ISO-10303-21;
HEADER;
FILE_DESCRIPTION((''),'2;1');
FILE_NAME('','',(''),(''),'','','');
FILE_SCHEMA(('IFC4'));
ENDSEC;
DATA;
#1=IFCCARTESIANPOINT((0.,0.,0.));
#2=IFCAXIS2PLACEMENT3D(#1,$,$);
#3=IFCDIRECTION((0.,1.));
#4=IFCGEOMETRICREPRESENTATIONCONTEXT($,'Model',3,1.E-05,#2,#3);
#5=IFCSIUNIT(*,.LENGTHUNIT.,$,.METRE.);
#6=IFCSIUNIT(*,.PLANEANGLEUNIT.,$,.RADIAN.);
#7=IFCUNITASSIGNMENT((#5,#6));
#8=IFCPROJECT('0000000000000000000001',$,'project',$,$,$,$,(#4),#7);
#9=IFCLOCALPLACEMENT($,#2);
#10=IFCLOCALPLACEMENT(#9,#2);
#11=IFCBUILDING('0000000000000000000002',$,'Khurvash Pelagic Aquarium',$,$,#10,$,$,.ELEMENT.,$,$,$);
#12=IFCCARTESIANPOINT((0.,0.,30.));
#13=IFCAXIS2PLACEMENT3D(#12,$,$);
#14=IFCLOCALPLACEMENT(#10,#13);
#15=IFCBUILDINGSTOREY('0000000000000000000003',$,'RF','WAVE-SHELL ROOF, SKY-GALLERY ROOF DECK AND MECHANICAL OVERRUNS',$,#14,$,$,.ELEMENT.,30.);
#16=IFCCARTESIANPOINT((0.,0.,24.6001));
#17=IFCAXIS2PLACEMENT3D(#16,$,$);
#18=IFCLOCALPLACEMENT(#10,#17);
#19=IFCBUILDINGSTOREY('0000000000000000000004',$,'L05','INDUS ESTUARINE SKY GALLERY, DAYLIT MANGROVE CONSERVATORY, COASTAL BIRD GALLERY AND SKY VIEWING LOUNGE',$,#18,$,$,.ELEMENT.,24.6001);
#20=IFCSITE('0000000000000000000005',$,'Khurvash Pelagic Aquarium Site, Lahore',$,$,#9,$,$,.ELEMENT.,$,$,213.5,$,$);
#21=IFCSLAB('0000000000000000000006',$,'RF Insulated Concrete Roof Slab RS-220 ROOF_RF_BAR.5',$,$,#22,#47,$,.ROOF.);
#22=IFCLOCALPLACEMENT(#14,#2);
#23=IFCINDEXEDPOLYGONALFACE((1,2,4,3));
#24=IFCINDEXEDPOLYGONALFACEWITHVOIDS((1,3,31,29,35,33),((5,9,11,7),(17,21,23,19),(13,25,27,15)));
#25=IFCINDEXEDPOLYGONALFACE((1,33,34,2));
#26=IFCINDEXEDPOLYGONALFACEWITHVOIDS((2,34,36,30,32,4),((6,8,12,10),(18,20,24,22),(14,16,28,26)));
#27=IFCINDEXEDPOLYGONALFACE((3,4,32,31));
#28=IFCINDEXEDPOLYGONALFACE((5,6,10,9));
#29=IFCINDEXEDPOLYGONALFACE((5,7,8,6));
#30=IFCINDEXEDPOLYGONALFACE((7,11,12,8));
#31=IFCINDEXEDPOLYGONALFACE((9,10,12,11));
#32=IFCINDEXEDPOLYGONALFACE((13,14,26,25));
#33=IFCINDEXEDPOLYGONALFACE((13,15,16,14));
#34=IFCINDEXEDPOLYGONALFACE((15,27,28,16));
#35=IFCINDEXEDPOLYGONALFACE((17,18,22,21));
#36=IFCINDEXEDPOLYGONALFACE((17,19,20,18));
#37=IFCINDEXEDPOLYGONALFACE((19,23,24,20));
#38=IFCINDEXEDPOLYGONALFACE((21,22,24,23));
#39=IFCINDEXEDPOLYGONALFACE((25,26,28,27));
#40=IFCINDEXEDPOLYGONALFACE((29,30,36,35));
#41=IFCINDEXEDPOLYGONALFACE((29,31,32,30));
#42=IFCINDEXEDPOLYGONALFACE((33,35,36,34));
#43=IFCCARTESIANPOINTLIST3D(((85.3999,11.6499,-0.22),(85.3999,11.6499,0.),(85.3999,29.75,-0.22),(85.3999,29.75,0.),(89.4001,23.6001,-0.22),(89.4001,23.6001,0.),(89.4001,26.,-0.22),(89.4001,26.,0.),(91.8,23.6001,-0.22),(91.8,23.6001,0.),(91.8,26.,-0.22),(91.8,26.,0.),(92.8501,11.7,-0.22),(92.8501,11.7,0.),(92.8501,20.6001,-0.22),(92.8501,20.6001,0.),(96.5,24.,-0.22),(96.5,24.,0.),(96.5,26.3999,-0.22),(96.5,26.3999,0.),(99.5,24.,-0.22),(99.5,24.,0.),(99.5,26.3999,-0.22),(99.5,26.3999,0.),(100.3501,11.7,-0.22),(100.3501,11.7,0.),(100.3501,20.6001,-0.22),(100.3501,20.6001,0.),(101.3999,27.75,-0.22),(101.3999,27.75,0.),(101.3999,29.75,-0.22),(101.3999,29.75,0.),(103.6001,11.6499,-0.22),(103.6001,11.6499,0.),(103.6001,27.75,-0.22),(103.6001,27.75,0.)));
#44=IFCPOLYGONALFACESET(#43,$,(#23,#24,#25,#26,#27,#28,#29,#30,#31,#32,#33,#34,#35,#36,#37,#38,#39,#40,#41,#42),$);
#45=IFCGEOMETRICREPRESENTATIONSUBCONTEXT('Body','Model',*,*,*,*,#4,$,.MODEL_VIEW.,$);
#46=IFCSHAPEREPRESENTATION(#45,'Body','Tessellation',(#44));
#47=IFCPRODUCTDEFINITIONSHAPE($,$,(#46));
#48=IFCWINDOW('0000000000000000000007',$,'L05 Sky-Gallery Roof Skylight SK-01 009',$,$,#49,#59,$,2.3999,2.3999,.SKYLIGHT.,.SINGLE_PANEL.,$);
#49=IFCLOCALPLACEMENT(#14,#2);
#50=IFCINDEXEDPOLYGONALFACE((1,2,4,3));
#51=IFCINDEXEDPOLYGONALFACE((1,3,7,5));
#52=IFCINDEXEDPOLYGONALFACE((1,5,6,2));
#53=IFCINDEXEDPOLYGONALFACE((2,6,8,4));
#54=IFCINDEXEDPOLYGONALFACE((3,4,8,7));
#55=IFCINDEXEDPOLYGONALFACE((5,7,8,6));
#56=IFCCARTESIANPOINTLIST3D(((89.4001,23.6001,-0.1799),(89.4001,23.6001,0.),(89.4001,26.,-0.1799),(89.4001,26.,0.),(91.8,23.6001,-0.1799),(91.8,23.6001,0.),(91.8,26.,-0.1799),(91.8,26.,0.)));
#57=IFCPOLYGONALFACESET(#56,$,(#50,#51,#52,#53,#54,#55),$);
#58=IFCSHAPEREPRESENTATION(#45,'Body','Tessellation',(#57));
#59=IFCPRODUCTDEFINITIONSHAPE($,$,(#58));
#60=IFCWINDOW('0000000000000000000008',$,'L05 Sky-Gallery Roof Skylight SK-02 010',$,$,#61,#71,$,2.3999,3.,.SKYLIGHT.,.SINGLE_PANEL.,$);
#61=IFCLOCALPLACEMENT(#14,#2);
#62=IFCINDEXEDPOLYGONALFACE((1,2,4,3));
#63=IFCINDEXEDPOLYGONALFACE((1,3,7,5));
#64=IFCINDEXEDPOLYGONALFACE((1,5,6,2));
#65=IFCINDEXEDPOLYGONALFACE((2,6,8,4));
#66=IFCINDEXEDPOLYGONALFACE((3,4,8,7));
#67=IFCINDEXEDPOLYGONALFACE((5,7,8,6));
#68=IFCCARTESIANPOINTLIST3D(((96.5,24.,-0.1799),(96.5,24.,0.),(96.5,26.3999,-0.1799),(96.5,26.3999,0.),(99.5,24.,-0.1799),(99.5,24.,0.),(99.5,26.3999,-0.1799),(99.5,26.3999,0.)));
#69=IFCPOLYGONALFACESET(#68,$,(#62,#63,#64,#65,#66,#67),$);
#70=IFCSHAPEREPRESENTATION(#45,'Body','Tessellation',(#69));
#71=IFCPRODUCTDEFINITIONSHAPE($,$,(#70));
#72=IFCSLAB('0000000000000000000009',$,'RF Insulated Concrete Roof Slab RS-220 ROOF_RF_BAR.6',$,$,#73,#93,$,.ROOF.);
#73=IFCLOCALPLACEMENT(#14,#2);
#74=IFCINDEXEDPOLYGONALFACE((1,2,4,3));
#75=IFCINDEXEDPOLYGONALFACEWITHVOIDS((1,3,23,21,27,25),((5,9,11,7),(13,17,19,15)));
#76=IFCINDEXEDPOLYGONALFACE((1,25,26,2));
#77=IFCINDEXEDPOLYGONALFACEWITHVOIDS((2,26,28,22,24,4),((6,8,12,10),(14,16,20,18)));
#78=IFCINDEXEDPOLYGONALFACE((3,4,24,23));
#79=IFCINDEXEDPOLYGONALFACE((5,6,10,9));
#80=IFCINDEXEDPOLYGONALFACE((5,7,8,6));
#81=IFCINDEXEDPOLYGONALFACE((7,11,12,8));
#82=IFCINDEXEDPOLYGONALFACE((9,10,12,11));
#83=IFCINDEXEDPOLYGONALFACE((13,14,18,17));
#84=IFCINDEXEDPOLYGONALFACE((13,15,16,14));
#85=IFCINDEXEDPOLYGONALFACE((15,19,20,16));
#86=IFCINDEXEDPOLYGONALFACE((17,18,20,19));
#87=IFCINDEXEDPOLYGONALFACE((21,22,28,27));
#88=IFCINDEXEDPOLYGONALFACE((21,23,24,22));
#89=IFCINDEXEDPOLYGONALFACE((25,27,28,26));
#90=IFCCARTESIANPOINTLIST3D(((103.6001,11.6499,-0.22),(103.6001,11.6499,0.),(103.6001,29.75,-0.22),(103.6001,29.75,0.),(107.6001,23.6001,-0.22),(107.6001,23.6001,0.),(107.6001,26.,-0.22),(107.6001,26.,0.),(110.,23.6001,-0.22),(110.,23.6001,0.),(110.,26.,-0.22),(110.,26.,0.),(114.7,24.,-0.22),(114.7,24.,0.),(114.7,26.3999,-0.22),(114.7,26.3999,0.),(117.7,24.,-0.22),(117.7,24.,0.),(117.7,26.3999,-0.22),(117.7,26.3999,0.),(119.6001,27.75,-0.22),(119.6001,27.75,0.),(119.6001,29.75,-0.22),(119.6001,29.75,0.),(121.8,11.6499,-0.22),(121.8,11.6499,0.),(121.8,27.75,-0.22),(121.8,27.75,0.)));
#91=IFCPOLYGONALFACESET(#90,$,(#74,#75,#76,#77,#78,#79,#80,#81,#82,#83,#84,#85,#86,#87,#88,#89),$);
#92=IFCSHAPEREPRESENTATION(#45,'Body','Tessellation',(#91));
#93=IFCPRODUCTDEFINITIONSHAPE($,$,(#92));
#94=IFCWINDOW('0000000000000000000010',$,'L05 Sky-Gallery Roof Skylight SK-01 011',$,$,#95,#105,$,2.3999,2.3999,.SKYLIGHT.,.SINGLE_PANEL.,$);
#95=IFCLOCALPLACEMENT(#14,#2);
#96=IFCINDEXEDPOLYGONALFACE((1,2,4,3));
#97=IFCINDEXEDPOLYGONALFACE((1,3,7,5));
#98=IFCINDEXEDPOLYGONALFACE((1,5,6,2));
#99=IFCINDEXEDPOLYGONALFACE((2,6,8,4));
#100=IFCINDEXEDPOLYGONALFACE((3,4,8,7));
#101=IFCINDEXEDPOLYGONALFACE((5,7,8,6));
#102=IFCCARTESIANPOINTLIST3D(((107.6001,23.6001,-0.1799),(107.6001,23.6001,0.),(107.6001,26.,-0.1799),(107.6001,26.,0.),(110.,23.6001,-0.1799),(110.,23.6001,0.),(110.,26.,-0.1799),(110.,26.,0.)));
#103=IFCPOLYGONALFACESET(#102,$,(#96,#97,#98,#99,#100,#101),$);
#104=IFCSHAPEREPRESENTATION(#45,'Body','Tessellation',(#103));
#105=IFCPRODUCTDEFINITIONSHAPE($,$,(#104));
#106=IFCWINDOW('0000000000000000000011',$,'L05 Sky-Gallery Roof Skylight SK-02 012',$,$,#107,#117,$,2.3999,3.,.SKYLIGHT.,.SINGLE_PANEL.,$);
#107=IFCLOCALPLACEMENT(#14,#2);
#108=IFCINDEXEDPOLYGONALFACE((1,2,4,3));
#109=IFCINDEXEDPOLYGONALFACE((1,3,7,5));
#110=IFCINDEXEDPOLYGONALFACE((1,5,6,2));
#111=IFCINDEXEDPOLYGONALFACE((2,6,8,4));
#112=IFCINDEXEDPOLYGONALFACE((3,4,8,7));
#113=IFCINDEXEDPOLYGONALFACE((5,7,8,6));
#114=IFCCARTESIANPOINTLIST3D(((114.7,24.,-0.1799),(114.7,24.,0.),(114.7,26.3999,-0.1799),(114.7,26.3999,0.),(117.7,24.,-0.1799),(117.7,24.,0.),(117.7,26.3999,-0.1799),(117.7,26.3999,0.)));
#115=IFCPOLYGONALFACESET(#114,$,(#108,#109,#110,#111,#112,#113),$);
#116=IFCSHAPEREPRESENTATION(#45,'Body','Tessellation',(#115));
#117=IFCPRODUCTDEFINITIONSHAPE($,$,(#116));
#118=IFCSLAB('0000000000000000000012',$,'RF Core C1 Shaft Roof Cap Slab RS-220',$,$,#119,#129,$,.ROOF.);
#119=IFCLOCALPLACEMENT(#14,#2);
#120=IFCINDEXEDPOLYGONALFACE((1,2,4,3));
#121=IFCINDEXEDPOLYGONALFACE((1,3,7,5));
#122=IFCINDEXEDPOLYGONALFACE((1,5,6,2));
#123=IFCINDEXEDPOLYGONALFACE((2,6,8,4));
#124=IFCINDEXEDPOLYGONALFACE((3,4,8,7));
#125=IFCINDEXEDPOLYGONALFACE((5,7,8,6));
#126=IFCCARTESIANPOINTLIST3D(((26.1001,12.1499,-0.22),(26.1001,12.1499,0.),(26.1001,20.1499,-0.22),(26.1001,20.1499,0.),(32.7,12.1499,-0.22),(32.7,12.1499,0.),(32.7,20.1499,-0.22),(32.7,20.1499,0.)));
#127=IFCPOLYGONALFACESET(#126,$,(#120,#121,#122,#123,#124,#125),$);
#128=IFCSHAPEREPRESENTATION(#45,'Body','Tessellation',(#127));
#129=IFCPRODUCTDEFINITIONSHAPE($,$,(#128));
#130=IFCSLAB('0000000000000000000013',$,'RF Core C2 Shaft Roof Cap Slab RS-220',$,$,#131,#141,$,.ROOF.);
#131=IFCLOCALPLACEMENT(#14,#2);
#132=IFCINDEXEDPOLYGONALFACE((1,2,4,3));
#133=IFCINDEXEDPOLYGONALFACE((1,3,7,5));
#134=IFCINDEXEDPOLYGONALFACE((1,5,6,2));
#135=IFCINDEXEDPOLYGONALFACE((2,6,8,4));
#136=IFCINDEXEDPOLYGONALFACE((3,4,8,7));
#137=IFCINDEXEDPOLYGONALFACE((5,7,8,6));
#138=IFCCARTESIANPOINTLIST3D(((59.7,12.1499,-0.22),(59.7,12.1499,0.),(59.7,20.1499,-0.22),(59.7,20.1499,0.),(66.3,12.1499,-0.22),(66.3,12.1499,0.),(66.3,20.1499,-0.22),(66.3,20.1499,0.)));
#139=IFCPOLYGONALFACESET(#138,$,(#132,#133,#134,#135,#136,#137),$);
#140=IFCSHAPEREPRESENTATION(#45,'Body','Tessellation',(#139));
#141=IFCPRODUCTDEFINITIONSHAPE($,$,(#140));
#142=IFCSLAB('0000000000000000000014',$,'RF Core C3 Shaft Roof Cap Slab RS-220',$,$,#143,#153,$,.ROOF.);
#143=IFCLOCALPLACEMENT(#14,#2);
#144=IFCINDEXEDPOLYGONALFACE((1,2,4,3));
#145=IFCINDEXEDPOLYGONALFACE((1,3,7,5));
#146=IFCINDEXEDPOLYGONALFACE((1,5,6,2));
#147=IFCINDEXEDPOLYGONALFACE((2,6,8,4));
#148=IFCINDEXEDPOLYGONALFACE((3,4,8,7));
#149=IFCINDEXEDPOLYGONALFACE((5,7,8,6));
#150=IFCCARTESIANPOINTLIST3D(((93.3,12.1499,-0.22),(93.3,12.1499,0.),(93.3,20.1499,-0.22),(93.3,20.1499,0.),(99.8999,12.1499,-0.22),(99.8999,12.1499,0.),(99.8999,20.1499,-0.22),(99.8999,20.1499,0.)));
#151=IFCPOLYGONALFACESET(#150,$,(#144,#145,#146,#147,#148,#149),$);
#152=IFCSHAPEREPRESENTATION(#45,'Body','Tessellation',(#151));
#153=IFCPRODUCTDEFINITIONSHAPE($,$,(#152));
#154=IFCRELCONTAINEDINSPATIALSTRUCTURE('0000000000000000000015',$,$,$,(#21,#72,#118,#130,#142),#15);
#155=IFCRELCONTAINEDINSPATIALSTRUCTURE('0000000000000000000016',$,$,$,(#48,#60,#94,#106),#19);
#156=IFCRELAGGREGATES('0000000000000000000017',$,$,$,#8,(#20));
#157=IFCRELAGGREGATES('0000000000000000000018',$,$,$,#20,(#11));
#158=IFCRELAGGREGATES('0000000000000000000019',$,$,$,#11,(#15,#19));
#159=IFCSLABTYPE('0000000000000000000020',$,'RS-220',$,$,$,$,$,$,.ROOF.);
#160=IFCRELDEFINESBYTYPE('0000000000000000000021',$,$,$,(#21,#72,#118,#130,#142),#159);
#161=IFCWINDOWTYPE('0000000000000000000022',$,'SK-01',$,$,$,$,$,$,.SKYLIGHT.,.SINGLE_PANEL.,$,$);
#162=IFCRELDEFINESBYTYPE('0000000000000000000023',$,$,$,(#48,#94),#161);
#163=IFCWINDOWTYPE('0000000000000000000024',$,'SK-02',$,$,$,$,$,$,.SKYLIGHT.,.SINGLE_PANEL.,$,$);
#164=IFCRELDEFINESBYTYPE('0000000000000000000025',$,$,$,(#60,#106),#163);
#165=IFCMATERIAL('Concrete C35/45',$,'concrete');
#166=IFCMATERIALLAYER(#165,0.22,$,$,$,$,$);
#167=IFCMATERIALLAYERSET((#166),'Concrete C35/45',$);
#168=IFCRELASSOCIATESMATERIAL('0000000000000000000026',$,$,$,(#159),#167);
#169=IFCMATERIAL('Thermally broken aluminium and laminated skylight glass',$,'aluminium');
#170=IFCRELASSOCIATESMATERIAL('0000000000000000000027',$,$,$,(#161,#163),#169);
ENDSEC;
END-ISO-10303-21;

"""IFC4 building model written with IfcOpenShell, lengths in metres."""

from ifc_helpers import new_model, si_unit, direction, frame, origin, origin_2d, place, context, subcontext, project, spatial, polyline, rectangle, outline, extrude, material, layer, layer_set, type_object, element, fill, save


model = new_model("IFC4")

# Units and contexts
model_context = context("Model", 3, precision=1e-05, world=origin(), true_north=direction((0.0, 1.0)))
body_context = subcontext(model_context, "Body", "Model", "MODEL_VIEW")
ifc_project = project(units=[si_unit("LENGTHUNIT", "METRE"), si_unit("PLANEANGLEUNIT", "RADIAN")], contexts=[model_context])

# Site, building, storey
site_placement = place(None, origin())
site = spatial("IfcSite", under=ifc_project, at=site_placement, Name="Khurvash Pelagic Aquarium Site, Lahore", CompositionType="ELEMENT", RefElevation=213.5)
building_placement = place(site_placement, origin())
building = spatial("IfcBuilding", under=site, at=building_placement, Name="Khurvash Pelagic Aquarium", CompositionType="ELEMENT")
storey_1_placement = place(building_placement, frame((0.0, 0.0, 30.0)))
storey_1 = spatial("IfcBuildingStorey", under=building, at=storey_1_placement, Name="RF", Description="WAVE-SHELL ROOF, SKY-GALLERY ROOF DECK AND MECHANICAL OVERRUNS", CompositionType="ELEMENT", Elevation=30.0)

# Shared definitions
ifc_material_1 = material(Name="Concrete C35/45", Category="concrete")
ifc_layer = layer(ifc_material_1, 0.22)
ifc_layer_set = layer_set([ifc_layer], Name="Concrete C35/45")
slab_type = type_object("IfcSlabType", Name="RS-220", PredefinedType="ROOF", material=ifc_layer_set)

# Shared definitions
storey_2_placement = place(building_placement, frame((0.0, 0.0, 24.6001)))
storey_2 = spatial("IfcBuildingStorey", under=building, at=storey_2_placement, Name="L05", Description="INDUS ESTUARINE SKY GALLERY, DAYLIT MANGROVE CONSERVATORY, COASTAL BIRD GALLERY AND SKY VIEWING LOUNGE", CompositionType="ELEMENT", Elevation=24.6001)

# Shared definitions
ifc_material_2 = material(Name="Thermally broken aluminium and laminated skylight glass", Category="aluminium")
window_type_1 = type_object("IfcWindowType", Name="SK-01", PartitioningType="SINGLE_PANEL", PredefinedType="SKYLIGHT", material=ifc_material_2)
window_type_2 = type_object("IfcWindowType", Name="SK-02", PartitioningType="SINGLE_PANEL", PredefinedType="SKYLIGHT", material=ifc_material_2)

# Slabs, openings, windows
slab_1_placement = place(storey_1_placement, frame((0.0, 0.0, -0.22)))
slab_1 = element("IfcSlab", 1, at=slab_1_placement, inside=storey_1, type_object=slab_type, Name="RF Insulated Concrete Roof Slab RS-220 ROOF_RF_BAR.5", PredefinedType="ROOF", context=body_context, shape_type="SweptSolid", body=[
    extrude(outline(polyline([(85.3999, 29.75), (85.3999, 27.75), (85.3999, 11.6499), (103.6001, 11.6499), (103.6001, 27.75), (101.3999, 27.75), (101.3999, 29.75), (85.3999, 29.75)]), holes=[polyline([(92.8501, 20.6001), (100.3501, 20.6001), (100.3501, 11.7), (92.8501, 11.7), (92.8501, 20.6001)])]), origin(), (0.0, 0.0, 1.0), 0.22),
])
opening_1_placement = place(slab_1_placement, frame((90.6001, 24.8, -0.01), z_axis=(0.0, 0.0, 1.0), x_axis=(1.0, 0.0, 0.0)))
opening_1 = element("IfcOpeningElement", 2, at=opening_1_placement, cuts=slab_1, PredefinedType="OPENING", context=body_context, shape_type="SweptSolid", body=[
    extrude(rectangle(XDim=2.3999, YDim=2.3999, at=origin_2d()), origin(), (0.0, 0.0, 1.0), 0.24),
])
opening_2_placement = place(slab_1_placement, frame((98.0, 25.2, -0.01), z_axis=(0.0, 0.0, 1.0), x_axis=(1.0, 0.0, 0.0)))
opening_2 = element("IfcOpeningElement", 3, at=opening_2_placement, cuts=slab_1, PredefinedType="OPENING", context=body_context, shape_type="SweptSolid", body=[
    extrude(rectangle(XDim=3.0, YDim=2.3999, at=origin_2d()), origin(), (0.0, 0.0, 1.0), 0.24),
])
window_1_placement = place(opening_1_placement, frame((0.0, 0.0, 0.05)))
window_1 = element("IfcWindow", 4, at=window_1_placement, inside=storey_2, type_object=window_type_1, Name="L05 Sky-Gallery Roof Skylight SK-01 009", OverallHeight=2.3999, OverallWidth=2.3999, PartitioningType="SINGLE_PANEL", PredefinedType="SKYLIGHT", context=body_context, shape_type="SweptSolid", body=[
    extrude(rectangle(XDim=2.3999, YDim=2.3999, at=origin_2d()), origin(), (0.0, 0.0, 1.0), 0.1799),
])
fill(opening_1, window_1)
window_2_placement = place(opening_2_placement, frame((0.0, 0.0, 0.05)))
window_2 = element("IfcWindow", 5, at=window_2_placement, inside=storey_2, type_object=window_type_2, Name="L05 Sky-Gallery Roof Skylight SK-02 010", OverallHeight=2.3999, OverallWidth=3.0, PartitioningType="SINGLE_PANEL", PredefinedType="SKYLIGHT", context=body_context, shape_type="SweptSolid", body=[
    extrude(rectangle(XDim=3.0, YDim=2.3999, at=origin_2d()), origin(), (0.0, 0.0, 1.0), 0.1799),
])
fill(opening_2, window_2)
slab_2_placement = place(storey_1_placement, frame((0.0, 0.0, -0.22)))
slab_2 = element("IfcSlab", 6, at=slab_2_placement, inside=storey_1, type_object=slab_type, Name="RF Insulated Concrete Roof Slab RS-220 ROOF_RF_BAR.6", PredefinedType="ROOF", context=body_context, shape_type="SweptSolid", body=[
    extrude(outline(polyline([(121.8, 11.6499), (121.8, 27.75), (119.6001, 27.75), (119.6001, 29.75), (103.6001, 29.75), (103.6001, 27.75), (103.6001, 11.6499), (121.8, 11.6499)])), origin(), (0.0, 0.0, 1.0), 0.22),
])
opening_3_placement = place(slab_2_placement, frame((108.8, 24.8, -0.01), z_axis=(0.0, 0.0, 1.0), x_axis=(1.0, 0.0, 0.0)))
opening_3 = element("IfcOpeningElement", 7, at=opening_3_placement, cuts=slab_2, PredefinedType="OPENING", context=body_context, shape_type="SweptSolid", body=[
    extrude(rectangle(XDim=2.3999, YDim=2.3999, at=origin_2d()), origin(), (0.0, 0.0, 1.0), 0.24),
])
opening_4_placement = place(slab_2_placement, frame((116.2, 25.2, -0.01), z_axis=(0.0, 0.0, 1.0), x_axis=(1.0, 0.0, 0.0)))
opening_4 = element("IfcOpeningElement", 8, at=opening_4_placement, cuts=slab_2, PredefinedType="OPENING", context=body_context, shape_type="SweptSolid", body=[
    extrude(rectangle(XDim=3.0, YDim=2.3999, at=origin_2d()), origin(), (0.0, 0.0, 1.0), 0.24),
])
window_3_placement = place(opening_3_placement, frame((0.0, 0.0, 0.05)))
window_3 = element("IfcWindow", 9, at=window_3_placement, inside=storey_2, type_object=window_type_1, Name="L05 Sky-Gallery Roof Skylight SK-01 011", OverallHeight=2.3999, OverallWidth=2.3999, PartitioningType="SINGLE_PANEL", PredefinedType="SKYLIGHT", context=body_context, shape_type="SweptSolid", body=[
    extrude(rectangle(XDim=2.3999, YDim=2.3999, at=origin_2d()), origin(), (0.0, 0.0, 1.0), 0.1799),
])
fill(opening_3, window_3)
window_4_placement = place(opening_4_placement, frame((0.0, 0.0, 0.05)))
window_4 = element("IfcWindow", 10, at=window_4_placement, inside=storey_2, type_object=window_type_2, Name="L05 Sky-Gallery Roof Skylight SK-02 012", OverallHeight=2.3999, OverallWidth=3.0, PartitioningType="SINGLE_PANEL", PredefinedType="SKYLIGHT", context=body_context, shape_type="SweptSolid", body=[
    extrude(rectangle(XDim=3.0, YDim=2.3999, at=origin_2d()), origin(), (0.0, 0.0, 1.0), 0.1799),
])
fill(opening_4, window_4)

# Slabs
slab_3_placement = place(storey_1_placement, frame((0.0, 0.0, -0.22)))
element("IfcSlab", 11, at=slab_3_placement, inside=storey_1, type_object=slab_type, Name="RF Core C1 Shaft Roof Cap Slab RS-220", PredefinedType="ROOF", context=body_context, shape_type="SweptSolid", body=[
    extrude(outline(polyline([(26.1001, 12.1499), (32.7, 12.1499), (32.7, 20.1499), (26.1001, 20.1499), (26.1001, 12.1499)])), origin(), (0.0, 0.0, 1.0), 0.22),
])
slab_4_placement = place(storey_1_placement, frame((0.0, 0.0, -0.22)))
element("IfcSlab", 12, at=slab_4_placement, inside=storey_1, type_object=slab_type, Name="RF Core C2 Shaft Roof Cap Slab RS-220", PredefinedType="ROOF", context=body_context, shape_type="SweptSolid", body=[
    extrude(outline(polyline([(59.7, 12.1499), (66.3, 12.1499), (66.3, 20.1499), (59.7, 20.1499), (59.7, 12.1499)])), origin(), (0.0, 0.0, 1.0), 0.22),
])
slab_5_placement = place(storey_1_placement, frame((0.0, 0.0, -0.22)))
element("IfcSlab", 13, at=slab_5_placement, inside=storey_1, type_object=slab_type, Name="RF Core C3 Shaft Roof Cap Slab RS-220", PredefinedType="ROOF", context=body_context, shape_type="SweptSolid", body=[
    extrude(outline(polyline([(93.3, 12.1499), (99.8999, 12.1499), (99.8999, 20.1499), (93.3, 20.1499), (93.3, 12.1499)])), origin(), (0.0, 0.0, 1.0), 0.22),
])

save(model, "model.ifc")
